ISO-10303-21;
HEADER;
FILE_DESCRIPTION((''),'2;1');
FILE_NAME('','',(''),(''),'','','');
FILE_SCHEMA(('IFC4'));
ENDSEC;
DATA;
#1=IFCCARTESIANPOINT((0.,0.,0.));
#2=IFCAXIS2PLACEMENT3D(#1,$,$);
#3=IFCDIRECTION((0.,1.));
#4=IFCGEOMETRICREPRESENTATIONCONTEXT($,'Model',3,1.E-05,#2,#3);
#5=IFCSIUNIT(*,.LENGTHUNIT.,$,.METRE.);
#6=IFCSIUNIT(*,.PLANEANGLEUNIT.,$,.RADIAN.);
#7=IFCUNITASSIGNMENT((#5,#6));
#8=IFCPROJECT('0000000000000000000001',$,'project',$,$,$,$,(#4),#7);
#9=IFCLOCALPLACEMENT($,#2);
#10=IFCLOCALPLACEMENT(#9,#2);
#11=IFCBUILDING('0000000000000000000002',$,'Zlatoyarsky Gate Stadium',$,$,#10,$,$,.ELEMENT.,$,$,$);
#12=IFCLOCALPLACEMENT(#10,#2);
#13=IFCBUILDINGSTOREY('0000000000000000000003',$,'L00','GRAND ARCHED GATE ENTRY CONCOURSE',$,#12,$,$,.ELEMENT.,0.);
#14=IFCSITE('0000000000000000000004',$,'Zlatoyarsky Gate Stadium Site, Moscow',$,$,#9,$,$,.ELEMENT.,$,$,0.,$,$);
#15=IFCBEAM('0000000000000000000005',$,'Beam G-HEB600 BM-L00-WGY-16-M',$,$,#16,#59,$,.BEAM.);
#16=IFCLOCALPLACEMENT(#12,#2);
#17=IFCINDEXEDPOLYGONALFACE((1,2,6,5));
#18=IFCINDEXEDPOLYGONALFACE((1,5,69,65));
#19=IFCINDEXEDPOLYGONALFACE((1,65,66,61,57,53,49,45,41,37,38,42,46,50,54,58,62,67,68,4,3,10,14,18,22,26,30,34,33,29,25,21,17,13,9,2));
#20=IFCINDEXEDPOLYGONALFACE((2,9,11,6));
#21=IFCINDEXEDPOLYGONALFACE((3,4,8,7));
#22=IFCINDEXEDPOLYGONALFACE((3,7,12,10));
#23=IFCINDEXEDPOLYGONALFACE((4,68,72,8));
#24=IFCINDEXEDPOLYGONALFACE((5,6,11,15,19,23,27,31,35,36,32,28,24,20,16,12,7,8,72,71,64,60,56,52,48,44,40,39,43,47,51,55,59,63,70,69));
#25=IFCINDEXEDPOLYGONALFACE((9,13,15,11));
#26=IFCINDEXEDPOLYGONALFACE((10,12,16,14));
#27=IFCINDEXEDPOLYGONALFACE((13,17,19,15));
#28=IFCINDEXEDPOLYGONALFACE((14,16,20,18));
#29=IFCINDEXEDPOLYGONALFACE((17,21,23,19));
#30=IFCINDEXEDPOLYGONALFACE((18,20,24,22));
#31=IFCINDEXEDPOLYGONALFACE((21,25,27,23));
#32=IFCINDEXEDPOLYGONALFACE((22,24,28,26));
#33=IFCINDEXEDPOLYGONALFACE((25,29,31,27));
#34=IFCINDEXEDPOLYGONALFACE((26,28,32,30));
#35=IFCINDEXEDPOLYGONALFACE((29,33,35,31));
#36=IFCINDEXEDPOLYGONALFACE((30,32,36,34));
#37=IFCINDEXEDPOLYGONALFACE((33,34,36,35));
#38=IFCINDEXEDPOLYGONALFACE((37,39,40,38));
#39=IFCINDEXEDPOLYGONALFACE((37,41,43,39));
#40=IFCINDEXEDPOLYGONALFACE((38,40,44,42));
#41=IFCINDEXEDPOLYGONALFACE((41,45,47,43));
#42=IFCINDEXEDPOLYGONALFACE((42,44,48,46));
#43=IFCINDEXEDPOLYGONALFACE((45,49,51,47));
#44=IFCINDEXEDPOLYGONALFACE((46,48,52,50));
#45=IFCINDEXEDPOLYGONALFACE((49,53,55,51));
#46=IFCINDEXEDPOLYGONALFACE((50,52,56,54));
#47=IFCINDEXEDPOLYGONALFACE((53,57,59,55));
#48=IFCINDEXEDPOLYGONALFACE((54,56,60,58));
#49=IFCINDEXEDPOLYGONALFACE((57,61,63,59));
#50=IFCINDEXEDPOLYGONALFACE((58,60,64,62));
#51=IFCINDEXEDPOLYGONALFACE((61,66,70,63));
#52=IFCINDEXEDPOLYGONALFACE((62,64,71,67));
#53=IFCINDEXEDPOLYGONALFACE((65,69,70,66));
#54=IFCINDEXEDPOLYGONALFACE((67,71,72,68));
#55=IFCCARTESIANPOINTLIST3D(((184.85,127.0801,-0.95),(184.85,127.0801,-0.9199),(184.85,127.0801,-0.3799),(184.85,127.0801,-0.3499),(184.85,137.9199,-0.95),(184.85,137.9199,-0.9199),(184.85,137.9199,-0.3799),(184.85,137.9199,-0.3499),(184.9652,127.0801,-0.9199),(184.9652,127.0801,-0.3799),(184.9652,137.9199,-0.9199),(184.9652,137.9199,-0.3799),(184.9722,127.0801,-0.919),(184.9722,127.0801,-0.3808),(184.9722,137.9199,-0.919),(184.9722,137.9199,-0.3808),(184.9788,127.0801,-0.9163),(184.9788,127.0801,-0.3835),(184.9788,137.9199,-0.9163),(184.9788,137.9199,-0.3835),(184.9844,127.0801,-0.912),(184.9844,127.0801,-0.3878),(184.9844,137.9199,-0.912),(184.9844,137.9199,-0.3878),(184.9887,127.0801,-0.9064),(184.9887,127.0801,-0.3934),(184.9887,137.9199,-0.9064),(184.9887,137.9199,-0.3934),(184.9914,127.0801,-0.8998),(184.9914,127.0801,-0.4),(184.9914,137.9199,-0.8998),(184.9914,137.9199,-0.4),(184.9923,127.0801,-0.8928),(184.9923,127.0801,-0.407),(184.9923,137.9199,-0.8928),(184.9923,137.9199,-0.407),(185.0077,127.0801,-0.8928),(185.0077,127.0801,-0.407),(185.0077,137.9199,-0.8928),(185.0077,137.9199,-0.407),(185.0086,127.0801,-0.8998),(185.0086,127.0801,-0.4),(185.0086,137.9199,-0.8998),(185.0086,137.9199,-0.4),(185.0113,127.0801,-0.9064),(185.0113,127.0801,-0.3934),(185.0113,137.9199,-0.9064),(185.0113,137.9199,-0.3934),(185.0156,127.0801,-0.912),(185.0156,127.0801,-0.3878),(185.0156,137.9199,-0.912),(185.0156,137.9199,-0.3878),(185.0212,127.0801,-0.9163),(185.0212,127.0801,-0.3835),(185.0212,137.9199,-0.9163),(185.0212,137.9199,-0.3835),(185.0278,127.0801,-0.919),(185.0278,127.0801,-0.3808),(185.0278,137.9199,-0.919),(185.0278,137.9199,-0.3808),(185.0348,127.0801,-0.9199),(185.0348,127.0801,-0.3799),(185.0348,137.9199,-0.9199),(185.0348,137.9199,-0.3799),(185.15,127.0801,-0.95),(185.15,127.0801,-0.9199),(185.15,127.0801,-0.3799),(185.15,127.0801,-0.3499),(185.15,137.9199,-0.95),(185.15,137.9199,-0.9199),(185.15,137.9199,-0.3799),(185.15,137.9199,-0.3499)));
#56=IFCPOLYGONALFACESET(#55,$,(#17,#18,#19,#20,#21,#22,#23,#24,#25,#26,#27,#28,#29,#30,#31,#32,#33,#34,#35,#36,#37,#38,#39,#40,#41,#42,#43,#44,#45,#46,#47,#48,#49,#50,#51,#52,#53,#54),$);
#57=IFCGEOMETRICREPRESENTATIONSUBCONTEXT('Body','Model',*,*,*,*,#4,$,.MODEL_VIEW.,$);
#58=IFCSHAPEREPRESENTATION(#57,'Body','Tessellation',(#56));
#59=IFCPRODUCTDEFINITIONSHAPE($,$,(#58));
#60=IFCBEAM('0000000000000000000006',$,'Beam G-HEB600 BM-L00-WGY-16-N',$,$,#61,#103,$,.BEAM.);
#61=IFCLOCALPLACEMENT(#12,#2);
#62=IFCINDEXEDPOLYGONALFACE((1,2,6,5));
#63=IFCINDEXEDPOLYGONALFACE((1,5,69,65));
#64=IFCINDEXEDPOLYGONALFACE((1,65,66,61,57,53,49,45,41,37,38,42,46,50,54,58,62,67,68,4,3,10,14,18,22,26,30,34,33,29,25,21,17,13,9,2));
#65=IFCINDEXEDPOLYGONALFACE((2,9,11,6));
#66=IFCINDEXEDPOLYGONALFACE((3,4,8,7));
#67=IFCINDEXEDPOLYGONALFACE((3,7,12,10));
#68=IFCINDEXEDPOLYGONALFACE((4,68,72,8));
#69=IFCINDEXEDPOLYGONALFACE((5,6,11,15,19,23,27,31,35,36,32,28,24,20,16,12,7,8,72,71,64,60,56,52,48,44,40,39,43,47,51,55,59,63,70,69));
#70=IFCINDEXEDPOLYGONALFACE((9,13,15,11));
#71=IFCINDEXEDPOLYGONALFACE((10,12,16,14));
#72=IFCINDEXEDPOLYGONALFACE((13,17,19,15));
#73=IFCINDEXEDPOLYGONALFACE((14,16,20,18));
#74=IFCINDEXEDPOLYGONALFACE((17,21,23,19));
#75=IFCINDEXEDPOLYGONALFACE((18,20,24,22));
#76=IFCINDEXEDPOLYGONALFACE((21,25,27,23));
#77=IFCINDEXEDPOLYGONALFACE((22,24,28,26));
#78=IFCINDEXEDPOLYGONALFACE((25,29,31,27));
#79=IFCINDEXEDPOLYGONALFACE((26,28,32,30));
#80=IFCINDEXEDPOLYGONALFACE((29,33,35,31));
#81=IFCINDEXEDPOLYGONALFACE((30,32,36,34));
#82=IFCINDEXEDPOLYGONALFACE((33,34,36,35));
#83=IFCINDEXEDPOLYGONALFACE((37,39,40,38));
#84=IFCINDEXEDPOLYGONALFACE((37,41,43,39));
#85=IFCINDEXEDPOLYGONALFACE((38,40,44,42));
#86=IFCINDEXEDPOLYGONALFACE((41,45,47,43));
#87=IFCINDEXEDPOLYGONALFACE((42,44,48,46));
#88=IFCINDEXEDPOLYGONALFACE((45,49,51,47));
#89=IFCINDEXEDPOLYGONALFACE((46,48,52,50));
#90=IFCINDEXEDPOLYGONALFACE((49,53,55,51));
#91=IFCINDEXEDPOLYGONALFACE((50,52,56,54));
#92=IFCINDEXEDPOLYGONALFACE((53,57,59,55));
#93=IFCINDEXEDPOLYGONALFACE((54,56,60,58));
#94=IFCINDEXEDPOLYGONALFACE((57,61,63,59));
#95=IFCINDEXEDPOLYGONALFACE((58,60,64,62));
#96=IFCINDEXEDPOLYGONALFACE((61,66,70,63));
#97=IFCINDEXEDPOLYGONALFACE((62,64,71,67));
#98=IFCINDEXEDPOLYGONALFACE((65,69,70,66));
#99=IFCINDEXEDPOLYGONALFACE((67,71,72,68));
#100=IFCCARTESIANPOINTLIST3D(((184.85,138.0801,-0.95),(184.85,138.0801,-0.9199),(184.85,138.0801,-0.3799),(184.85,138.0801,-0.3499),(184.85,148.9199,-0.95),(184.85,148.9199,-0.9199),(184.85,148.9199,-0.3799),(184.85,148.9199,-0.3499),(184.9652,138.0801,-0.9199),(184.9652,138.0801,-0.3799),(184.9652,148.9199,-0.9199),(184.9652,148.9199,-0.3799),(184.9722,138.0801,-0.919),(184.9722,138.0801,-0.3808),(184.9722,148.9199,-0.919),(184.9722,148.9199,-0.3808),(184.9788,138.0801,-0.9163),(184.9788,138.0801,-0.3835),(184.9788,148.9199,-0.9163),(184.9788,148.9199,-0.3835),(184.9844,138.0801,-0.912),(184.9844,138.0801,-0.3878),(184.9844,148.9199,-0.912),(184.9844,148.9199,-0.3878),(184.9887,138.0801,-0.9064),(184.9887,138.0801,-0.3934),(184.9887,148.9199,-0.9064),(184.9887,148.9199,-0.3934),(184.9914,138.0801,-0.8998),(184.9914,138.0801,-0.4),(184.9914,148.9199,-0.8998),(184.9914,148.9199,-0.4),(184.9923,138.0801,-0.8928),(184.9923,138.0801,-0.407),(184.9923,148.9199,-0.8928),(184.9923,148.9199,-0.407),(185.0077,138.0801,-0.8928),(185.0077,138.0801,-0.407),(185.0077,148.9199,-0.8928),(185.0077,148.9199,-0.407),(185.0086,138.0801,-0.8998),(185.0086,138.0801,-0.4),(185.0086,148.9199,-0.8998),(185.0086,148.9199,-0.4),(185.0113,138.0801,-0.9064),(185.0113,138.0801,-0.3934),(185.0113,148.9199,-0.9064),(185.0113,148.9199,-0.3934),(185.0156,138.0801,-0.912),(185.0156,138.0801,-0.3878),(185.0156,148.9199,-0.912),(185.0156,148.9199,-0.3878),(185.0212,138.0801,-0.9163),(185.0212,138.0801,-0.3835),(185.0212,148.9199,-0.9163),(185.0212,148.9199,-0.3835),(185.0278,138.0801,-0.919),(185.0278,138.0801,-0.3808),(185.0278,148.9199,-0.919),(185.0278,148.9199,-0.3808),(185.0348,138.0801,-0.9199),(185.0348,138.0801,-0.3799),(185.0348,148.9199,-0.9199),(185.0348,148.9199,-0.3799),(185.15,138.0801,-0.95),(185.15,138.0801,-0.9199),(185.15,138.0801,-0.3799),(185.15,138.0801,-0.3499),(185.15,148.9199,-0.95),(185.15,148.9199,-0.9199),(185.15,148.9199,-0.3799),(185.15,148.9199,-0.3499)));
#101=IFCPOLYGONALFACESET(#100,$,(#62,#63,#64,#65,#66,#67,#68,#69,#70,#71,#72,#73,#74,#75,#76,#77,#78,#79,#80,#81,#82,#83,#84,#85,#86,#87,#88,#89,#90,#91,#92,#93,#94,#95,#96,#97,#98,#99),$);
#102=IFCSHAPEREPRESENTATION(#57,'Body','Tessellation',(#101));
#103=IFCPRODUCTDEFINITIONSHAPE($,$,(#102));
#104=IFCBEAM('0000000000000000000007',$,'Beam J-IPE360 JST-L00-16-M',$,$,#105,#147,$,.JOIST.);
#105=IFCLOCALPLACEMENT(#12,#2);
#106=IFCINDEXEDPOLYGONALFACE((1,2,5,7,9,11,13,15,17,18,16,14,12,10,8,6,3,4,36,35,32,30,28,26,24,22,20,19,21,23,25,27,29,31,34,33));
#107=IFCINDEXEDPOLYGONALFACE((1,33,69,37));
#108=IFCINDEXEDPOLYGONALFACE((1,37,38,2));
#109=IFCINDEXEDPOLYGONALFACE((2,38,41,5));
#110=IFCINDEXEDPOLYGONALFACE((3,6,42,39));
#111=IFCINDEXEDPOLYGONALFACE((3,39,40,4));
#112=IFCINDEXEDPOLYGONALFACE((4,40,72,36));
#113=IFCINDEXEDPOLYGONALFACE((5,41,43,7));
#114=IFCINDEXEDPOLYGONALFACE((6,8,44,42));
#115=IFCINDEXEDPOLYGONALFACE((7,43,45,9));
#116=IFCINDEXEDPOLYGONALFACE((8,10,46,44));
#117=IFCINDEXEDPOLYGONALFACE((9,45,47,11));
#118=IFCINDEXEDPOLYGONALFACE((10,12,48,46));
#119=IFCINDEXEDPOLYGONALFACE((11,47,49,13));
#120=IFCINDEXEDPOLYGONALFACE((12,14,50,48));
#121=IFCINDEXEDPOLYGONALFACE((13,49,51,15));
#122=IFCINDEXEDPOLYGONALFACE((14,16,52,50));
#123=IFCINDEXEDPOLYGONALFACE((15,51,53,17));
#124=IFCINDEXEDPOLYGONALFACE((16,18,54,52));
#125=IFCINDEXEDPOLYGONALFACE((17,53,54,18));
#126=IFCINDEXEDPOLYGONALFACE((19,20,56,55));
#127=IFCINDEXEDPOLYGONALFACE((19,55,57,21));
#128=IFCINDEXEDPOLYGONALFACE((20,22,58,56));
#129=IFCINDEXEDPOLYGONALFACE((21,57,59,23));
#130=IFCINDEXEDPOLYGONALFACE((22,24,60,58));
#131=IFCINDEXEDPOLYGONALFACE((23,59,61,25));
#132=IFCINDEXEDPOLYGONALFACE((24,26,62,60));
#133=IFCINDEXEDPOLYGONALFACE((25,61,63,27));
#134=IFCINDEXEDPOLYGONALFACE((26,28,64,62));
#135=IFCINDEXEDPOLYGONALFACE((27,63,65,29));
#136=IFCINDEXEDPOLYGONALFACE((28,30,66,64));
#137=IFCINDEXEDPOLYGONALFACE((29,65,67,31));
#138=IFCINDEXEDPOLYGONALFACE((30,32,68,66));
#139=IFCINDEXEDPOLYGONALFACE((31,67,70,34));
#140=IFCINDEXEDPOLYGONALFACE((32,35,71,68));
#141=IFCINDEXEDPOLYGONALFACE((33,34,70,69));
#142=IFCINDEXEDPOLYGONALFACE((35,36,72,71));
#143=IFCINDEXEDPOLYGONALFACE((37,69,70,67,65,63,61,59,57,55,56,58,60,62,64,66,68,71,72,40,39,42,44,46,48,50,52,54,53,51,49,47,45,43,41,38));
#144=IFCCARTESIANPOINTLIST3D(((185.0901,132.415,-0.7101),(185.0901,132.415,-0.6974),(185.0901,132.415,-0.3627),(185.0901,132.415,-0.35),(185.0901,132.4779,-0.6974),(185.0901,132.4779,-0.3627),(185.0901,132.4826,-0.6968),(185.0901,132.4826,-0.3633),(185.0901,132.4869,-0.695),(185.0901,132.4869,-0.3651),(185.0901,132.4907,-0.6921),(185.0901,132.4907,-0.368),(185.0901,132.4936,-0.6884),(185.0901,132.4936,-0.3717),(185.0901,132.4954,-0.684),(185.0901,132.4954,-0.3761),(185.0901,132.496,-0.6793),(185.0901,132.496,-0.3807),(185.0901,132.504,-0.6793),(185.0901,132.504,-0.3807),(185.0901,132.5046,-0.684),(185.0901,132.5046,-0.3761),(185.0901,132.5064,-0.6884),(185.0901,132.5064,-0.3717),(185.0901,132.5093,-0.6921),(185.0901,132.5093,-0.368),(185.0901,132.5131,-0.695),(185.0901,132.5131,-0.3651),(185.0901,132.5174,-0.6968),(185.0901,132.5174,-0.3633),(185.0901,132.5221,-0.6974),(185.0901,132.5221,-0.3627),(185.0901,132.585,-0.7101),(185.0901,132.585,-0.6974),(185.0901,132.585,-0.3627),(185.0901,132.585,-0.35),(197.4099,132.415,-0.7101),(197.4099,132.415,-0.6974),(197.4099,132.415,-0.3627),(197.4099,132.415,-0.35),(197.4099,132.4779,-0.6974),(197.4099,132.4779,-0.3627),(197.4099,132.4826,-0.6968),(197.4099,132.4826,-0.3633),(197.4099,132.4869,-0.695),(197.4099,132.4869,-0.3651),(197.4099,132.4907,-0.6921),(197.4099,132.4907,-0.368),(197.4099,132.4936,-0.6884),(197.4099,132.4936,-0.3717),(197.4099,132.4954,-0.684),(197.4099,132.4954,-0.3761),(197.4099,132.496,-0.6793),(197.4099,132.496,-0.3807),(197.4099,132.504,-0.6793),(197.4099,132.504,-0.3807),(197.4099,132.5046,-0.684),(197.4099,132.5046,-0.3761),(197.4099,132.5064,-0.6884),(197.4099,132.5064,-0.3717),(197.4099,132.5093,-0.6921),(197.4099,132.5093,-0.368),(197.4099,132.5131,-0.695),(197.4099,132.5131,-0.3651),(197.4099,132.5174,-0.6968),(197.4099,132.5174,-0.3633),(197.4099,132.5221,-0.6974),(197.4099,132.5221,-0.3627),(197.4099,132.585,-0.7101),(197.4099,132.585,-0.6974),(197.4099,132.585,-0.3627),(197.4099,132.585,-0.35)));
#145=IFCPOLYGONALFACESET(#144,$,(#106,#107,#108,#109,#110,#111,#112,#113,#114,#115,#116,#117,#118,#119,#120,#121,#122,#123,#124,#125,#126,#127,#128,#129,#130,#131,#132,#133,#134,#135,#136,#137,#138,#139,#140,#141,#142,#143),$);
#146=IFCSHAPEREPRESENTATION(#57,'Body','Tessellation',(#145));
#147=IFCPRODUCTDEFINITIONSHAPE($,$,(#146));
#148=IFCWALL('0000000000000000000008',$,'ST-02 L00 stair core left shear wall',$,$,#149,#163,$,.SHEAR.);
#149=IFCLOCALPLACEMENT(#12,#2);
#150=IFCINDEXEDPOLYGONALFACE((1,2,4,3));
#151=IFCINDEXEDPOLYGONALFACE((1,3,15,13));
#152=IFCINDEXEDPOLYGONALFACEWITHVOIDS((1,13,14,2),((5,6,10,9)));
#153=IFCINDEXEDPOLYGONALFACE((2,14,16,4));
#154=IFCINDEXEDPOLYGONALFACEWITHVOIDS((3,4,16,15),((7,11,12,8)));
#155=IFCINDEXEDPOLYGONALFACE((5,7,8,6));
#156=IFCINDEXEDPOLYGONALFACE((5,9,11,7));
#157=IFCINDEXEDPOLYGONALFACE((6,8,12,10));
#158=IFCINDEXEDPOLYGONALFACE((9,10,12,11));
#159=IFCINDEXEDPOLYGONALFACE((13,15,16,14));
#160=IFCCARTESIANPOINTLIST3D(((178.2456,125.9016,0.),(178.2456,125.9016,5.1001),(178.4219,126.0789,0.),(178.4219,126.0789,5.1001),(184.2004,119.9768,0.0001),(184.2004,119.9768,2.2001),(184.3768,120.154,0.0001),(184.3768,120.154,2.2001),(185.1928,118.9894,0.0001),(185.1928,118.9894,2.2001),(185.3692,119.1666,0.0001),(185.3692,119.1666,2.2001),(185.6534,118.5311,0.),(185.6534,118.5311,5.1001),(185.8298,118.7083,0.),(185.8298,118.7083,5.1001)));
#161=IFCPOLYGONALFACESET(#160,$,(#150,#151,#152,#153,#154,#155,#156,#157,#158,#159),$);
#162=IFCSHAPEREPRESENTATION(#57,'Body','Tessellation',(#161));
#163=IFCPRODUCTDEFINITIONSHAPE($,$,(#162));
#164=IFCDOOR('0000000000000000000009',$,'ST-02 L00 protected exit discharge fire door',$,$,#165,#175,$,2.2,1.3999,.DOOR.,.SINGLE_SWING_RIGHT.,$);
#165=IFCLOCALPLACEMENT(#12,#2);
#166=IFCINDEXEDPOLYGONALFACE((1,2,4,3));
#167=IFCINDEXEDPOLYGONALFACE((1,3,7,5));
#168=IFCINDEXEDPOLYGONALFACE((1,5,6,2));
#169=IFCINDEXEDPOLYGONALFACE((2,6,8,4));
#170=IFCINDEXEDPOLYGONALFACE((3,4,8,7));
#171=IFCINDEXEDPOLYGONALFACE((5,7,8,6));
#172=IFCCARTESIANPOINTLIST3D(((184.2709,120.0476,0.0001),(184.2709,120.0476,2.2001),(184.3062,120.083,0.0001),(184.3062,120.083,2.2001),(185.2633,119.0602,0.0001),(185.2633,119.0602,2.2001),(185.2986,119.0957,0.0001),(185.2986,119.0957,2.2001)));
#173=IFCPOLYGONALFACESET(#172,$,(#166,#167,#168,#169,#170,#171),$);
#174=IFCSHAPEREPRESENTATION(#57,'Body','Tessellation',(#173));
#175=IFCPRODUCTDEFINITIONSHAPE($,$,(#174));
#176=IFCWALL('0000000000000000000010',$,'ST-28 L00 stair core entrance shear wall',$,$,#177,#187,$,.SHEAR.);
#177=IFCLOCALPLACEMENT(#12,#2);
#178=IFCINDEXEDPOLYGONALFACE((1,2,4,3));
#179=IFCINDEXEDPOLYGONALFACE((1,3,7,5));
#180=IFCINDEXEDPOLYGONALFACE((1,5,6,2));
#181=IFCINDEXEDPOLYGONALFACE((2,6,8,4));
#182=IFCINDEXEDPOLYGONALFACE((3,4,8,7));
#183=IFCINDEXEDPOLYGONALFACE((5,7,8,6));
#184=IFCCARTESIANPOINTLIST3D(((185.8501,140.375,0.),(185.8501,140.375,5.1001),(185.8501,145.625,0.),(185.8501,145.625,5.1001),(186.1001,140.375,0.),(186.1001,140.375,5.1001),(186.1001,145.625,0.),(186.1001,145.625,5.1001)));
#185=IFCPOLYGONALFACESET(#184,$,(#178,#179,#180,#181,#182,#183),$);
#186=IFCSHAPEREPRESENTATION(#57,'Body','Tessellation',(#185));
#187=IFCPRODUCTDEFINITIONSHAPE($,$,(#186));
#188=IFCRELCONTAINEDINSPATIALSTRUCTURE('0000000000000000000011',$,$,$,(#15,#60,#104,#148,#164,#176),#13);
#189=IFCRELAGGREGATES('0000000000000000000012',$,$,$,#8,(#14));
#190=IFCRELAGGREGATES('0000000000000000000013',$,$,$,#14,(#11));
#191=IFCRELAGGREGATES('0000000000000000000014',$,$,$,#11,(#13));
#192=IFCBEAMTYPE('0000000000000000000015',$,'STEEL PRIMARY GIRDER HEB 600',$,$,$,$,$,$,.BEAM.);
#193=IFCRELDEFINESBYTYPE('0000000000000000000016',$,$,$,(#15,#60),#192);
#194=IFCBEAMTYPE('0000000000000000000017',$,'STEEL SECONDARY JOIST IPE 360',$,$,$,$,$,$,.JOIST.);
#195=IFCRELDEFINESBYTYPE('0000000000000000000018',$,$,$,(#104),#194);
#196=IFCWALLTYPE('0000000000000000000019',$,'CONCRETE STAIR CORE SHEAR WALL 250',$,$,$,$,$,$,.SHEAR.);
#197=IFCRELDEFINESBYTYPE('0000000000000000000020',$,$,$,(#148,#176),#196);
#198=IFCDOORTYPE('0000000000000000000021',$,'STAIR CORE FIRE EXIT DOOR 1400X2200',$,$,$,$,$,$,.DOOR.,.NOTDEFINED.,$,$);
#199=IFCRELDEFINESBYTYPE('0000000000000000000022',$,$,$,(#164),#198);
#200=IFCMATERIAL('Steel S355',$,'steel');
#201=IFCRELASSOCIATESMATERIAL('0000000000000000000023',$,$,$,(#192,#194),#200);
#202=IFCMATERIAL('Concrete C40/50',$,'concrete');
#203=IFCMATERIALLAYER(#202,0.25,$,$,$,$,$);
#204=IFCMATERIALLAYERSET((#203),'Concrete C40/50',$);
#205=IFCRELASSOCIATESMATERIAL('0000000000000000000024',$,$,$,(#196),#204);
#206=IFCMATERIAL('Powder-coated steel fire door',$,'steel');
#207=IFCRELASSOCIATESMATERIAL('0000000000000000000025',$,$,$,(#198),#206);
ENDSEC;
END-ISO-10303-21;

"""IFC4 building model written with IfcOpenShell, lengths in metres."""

from ifc_helpers import new_model, si_unit, direction, frame, frame_2d, origin, origin_2d, place, context, subcontext, project, spatial, rectangle, i_section, extrude, material, layer, layer_set, material_profile, profile_set, type_object, element, fill, save


model = new_model("IFC4")

# Units and contexts
model_context = context("Model", 3, precision=1e-05, world=origin(), true_north=direction((0.0, 1.0)))
body_context = subcontext(model_context, "Body", "Model", "MODEL_VIEW")
ifc_project = project(units=[si_unit("LENGTHUNIT", "METRE"), si_unit("PLANEANGLEUNIT", "RADIAN")], contexts=[model_context])

# Site, building, storey
site_placement = place(None, origin())
site = spatial("IfcSite", under=ifc_project, at=site_placement, Name="Zlatoyarsky Gate Stadium Site, Moscow", CompositionType="ELEMENT", RefElevation=0.0)
building_placement = place(site_placement, origin())
building = spatial("IfcBuilding", under=site, at=building_placement, Name="Zlatoyarsky Gate Stadium", CompositionType="ELEMENT")
storey_placement = place(building_placement, origin())
storey = spatial("IfcBuildingStorey", under=building, at=storey_placement, Name="L00", Description="GRAND ARCHED GATE ENTRY CONCOURSE", CompositionType="ELEMENT", Elevation=0.0)

# Shared definitions
ifc_material_1 = material(Name="Concrete C40/50", Category="concrete")

# Beams
ifc_material_2 = material(Name="Steel S355", Category="steel")
ifc_material_profile_1 = material_profile(ifc_material_2, i_section(OverallWidth=0.3, OverallDepth=0.6001, WebThickness=0.0154, FlangeThickness=0.03, FilletRadius=0.0271, at=origin_2d()), Name="HEB 600")
ifc_profile_set_1 = profile_set([ifc_material_profile_1], Name="Steel S355")
beam_type_1 = type_object("IfcBeamType", Name="STEEL PRIMARY GIRDER HEB 600", PredefinedType="BEAM", material=ifc_profile_set_1)
for number, where, z_axis, x_axis, name in (
    (1, (185.0, 127.0801, -0.6499), (0.0, 1.0, 0.0), (-1.0, 0.0, 0.0), "Beam G-HEB600 BM-L00-WGY-16-M"),
    (2, (185.0, 138.0801, -0.6499), (0.0, 1.0, 0.0), (-1.0, 0.0, 0.0), "Beam G-HEB600 BM-L00-WGY-16-N"),
):
    element("IfcBeam", number, at=place(storey_placement, frame(where, z_axis=z_axis, x_axis=x_axis)), inside=storey, type_object=beam_type_1, Name=name, PredefinedType="BEAM", context=body_context, shape_type="SweptSolid", body=[
        extrude(i_section(OverallWidth=0.3, OverallDepth=0.6001, WebThickness=0.0154, FlangeThickness=0.03, FilletRadius=0.0271, at=origin_2d()), origin(), (0.0, 0.0, 1.0), 10.8398),
    ])
ifc_material_profile_2 = material_profile(ifc_material_2, i_section(OverallWidth=0.1699, OverallDepth=0.3601, WebThickness=0.0081, FlangeThickness=0.0127, FilletRadius=0.0181, at=origin_2d()), Name="IPE 360")
ifc_profile_set_2 = profile_set([ifc_material_profile_2], Name="Steel S355")
beam_type_2 = type_object("IfcBeamType", Name="STEEL SECONDARY JOIST IPE 360", PredefinedType="JOIST", material=ifc_profile_set_2)
beam_placement = place(storey_placement, frame((185.0901, 132.5, -0.53), z_axis=(1.0, 0.0, 0.0), x_axis=(0.0, 1.0, 0.0)))
element("IfcBeam", 3, at=beam_placement, inside=storey, type_object=beam_type_2, Name="Beam J-IPE360 JST-L00-16-M", PredefinedType="JOIST", context=body_context, shape_type="SweptSolid", body=[
    extrude(i_section(OverallWidth=0.1699, OverallDepth=0.3601, WebThickness=0.0081, FlangeThickness=0.0127, FilletRadius=0.0181, at=origin_2d()), origin(), (0.0, 0.0, 1.0), 12.3198),
])

# Wall, opening, door
ifc_layer_1 = layer(ifc_material_1, 0.25)
ifc_layer_set_1 = layer_set([ifc_layer_1], Name="Concrete C40/50")
wall_type_1 = type_object("IfcWallType", Name="CONCRETE STAIR CORE SHEAR WALL 250", PredefinedType="SHEAR", material=ifc_layer_set_1)
wall_1_placement = place(storey_placement, frame((185.7417, 118.6196, 0.0), z_axis=(0.0, 0.0, 1.0), x_axis=(-0.708892, 0.705317, 0.0)))
wall_1 = element("IfcWall", 4, at=wall_1_placement, inside=storey, type_object=wall_type_1, Name="ST-02 L00 stair core left shear wall", PredefinedType="SHEAR", context=body_context, shape_type="SweptSolid", body=[
    extrude(rectangle(XDim=10.45, YDim=0.25, at=frame_2d((5.2251, 0.0))), origin(), (0.0, 0.0, 1.0), 5.1001),
])
opening_1_placement = place(wall_1_placement, frame((0.6499, 0.0, 0.0)))
opening_1 = element("IfcOpeningElement", 5, at=opening_1_placement, cuts=wall_1, PredefinedType="OPENING", context=body_context, shape_type="SweptSolid", body=[
    extrude(rectangle(XDim=1.3999, YDim=2.2, at=frame_2d((0.7, 1.1001))), frame((0.0, 0.135, 0.0), z_axis=(0.0, -1.0, 0.0), x_axis=(1.0, 0.0, 0.0)), (0.0, 0.0, 1.0), 0.27),
])
ifc_material_3 = material(Name="Powder-coated steel fire door", Category="steel")
door_type_1 = type_object("IfcDoorType", Name="STAIR CORE FIRE EXIT DOOR 1400X2200", OperationType="NOTDEFINED", PredefinedType="DOOR", material=ifc_material_3)
door_1_placement = place(opening_1_placement, frame((1.3999, 0.0, 0.0), z_axis=(0.0, 0.0, 1.0), x_axis=(-1.0, 0.0, 0.0)))
door_1 = element("IfcDoor", 6, at=door_1_placement, inside=storey, type_object=door_type_1, Name="ST-02 L00 protected exit discharge fire door", OperationType="SINGLE_SWING_RIGHT", OverallHeight=2.2, OverallWidth=1.3999, PredefinedType="DOOR", context=body_context, shape_type="SweptSolid", body=[
    extrude(rectangle(XDim=1.3999, YDim=2.2, at=frame_2d((0.7, 1.1001))), frame((0.0, 0.0249, 0.0), z_axis=(0.0, -1.0, 0.0), x_axis=(1.0, 0.0, 0.0)), (0.0, 0.0, 1.0), 0.05),
])
fill(opening_1, door_1)

# Wall
wall_2_placement = place(storey_placement, frame((185.9751, 145.625, 0.0), z_axis=(0.0, 0.0, 1.0), x_axis=(0.0, -1.0, 0.0)))
element("IfcWall", 7, at=wall_2_placement, inside=storey, type_object=wall_type_1, Name="ST-28 L00 stair core entrance shear wall", PredefinedType="SHEAR", context=body_context, shape_type="SweptSolid", body=[
    extrude(rectangle(XDim=5.25, YDim=0.25, at=frame_2d((2.625, 0.0))), origin(), (0.0, 0.0, 1.0), 5.1001),
])

save(model, "model.ifc")
